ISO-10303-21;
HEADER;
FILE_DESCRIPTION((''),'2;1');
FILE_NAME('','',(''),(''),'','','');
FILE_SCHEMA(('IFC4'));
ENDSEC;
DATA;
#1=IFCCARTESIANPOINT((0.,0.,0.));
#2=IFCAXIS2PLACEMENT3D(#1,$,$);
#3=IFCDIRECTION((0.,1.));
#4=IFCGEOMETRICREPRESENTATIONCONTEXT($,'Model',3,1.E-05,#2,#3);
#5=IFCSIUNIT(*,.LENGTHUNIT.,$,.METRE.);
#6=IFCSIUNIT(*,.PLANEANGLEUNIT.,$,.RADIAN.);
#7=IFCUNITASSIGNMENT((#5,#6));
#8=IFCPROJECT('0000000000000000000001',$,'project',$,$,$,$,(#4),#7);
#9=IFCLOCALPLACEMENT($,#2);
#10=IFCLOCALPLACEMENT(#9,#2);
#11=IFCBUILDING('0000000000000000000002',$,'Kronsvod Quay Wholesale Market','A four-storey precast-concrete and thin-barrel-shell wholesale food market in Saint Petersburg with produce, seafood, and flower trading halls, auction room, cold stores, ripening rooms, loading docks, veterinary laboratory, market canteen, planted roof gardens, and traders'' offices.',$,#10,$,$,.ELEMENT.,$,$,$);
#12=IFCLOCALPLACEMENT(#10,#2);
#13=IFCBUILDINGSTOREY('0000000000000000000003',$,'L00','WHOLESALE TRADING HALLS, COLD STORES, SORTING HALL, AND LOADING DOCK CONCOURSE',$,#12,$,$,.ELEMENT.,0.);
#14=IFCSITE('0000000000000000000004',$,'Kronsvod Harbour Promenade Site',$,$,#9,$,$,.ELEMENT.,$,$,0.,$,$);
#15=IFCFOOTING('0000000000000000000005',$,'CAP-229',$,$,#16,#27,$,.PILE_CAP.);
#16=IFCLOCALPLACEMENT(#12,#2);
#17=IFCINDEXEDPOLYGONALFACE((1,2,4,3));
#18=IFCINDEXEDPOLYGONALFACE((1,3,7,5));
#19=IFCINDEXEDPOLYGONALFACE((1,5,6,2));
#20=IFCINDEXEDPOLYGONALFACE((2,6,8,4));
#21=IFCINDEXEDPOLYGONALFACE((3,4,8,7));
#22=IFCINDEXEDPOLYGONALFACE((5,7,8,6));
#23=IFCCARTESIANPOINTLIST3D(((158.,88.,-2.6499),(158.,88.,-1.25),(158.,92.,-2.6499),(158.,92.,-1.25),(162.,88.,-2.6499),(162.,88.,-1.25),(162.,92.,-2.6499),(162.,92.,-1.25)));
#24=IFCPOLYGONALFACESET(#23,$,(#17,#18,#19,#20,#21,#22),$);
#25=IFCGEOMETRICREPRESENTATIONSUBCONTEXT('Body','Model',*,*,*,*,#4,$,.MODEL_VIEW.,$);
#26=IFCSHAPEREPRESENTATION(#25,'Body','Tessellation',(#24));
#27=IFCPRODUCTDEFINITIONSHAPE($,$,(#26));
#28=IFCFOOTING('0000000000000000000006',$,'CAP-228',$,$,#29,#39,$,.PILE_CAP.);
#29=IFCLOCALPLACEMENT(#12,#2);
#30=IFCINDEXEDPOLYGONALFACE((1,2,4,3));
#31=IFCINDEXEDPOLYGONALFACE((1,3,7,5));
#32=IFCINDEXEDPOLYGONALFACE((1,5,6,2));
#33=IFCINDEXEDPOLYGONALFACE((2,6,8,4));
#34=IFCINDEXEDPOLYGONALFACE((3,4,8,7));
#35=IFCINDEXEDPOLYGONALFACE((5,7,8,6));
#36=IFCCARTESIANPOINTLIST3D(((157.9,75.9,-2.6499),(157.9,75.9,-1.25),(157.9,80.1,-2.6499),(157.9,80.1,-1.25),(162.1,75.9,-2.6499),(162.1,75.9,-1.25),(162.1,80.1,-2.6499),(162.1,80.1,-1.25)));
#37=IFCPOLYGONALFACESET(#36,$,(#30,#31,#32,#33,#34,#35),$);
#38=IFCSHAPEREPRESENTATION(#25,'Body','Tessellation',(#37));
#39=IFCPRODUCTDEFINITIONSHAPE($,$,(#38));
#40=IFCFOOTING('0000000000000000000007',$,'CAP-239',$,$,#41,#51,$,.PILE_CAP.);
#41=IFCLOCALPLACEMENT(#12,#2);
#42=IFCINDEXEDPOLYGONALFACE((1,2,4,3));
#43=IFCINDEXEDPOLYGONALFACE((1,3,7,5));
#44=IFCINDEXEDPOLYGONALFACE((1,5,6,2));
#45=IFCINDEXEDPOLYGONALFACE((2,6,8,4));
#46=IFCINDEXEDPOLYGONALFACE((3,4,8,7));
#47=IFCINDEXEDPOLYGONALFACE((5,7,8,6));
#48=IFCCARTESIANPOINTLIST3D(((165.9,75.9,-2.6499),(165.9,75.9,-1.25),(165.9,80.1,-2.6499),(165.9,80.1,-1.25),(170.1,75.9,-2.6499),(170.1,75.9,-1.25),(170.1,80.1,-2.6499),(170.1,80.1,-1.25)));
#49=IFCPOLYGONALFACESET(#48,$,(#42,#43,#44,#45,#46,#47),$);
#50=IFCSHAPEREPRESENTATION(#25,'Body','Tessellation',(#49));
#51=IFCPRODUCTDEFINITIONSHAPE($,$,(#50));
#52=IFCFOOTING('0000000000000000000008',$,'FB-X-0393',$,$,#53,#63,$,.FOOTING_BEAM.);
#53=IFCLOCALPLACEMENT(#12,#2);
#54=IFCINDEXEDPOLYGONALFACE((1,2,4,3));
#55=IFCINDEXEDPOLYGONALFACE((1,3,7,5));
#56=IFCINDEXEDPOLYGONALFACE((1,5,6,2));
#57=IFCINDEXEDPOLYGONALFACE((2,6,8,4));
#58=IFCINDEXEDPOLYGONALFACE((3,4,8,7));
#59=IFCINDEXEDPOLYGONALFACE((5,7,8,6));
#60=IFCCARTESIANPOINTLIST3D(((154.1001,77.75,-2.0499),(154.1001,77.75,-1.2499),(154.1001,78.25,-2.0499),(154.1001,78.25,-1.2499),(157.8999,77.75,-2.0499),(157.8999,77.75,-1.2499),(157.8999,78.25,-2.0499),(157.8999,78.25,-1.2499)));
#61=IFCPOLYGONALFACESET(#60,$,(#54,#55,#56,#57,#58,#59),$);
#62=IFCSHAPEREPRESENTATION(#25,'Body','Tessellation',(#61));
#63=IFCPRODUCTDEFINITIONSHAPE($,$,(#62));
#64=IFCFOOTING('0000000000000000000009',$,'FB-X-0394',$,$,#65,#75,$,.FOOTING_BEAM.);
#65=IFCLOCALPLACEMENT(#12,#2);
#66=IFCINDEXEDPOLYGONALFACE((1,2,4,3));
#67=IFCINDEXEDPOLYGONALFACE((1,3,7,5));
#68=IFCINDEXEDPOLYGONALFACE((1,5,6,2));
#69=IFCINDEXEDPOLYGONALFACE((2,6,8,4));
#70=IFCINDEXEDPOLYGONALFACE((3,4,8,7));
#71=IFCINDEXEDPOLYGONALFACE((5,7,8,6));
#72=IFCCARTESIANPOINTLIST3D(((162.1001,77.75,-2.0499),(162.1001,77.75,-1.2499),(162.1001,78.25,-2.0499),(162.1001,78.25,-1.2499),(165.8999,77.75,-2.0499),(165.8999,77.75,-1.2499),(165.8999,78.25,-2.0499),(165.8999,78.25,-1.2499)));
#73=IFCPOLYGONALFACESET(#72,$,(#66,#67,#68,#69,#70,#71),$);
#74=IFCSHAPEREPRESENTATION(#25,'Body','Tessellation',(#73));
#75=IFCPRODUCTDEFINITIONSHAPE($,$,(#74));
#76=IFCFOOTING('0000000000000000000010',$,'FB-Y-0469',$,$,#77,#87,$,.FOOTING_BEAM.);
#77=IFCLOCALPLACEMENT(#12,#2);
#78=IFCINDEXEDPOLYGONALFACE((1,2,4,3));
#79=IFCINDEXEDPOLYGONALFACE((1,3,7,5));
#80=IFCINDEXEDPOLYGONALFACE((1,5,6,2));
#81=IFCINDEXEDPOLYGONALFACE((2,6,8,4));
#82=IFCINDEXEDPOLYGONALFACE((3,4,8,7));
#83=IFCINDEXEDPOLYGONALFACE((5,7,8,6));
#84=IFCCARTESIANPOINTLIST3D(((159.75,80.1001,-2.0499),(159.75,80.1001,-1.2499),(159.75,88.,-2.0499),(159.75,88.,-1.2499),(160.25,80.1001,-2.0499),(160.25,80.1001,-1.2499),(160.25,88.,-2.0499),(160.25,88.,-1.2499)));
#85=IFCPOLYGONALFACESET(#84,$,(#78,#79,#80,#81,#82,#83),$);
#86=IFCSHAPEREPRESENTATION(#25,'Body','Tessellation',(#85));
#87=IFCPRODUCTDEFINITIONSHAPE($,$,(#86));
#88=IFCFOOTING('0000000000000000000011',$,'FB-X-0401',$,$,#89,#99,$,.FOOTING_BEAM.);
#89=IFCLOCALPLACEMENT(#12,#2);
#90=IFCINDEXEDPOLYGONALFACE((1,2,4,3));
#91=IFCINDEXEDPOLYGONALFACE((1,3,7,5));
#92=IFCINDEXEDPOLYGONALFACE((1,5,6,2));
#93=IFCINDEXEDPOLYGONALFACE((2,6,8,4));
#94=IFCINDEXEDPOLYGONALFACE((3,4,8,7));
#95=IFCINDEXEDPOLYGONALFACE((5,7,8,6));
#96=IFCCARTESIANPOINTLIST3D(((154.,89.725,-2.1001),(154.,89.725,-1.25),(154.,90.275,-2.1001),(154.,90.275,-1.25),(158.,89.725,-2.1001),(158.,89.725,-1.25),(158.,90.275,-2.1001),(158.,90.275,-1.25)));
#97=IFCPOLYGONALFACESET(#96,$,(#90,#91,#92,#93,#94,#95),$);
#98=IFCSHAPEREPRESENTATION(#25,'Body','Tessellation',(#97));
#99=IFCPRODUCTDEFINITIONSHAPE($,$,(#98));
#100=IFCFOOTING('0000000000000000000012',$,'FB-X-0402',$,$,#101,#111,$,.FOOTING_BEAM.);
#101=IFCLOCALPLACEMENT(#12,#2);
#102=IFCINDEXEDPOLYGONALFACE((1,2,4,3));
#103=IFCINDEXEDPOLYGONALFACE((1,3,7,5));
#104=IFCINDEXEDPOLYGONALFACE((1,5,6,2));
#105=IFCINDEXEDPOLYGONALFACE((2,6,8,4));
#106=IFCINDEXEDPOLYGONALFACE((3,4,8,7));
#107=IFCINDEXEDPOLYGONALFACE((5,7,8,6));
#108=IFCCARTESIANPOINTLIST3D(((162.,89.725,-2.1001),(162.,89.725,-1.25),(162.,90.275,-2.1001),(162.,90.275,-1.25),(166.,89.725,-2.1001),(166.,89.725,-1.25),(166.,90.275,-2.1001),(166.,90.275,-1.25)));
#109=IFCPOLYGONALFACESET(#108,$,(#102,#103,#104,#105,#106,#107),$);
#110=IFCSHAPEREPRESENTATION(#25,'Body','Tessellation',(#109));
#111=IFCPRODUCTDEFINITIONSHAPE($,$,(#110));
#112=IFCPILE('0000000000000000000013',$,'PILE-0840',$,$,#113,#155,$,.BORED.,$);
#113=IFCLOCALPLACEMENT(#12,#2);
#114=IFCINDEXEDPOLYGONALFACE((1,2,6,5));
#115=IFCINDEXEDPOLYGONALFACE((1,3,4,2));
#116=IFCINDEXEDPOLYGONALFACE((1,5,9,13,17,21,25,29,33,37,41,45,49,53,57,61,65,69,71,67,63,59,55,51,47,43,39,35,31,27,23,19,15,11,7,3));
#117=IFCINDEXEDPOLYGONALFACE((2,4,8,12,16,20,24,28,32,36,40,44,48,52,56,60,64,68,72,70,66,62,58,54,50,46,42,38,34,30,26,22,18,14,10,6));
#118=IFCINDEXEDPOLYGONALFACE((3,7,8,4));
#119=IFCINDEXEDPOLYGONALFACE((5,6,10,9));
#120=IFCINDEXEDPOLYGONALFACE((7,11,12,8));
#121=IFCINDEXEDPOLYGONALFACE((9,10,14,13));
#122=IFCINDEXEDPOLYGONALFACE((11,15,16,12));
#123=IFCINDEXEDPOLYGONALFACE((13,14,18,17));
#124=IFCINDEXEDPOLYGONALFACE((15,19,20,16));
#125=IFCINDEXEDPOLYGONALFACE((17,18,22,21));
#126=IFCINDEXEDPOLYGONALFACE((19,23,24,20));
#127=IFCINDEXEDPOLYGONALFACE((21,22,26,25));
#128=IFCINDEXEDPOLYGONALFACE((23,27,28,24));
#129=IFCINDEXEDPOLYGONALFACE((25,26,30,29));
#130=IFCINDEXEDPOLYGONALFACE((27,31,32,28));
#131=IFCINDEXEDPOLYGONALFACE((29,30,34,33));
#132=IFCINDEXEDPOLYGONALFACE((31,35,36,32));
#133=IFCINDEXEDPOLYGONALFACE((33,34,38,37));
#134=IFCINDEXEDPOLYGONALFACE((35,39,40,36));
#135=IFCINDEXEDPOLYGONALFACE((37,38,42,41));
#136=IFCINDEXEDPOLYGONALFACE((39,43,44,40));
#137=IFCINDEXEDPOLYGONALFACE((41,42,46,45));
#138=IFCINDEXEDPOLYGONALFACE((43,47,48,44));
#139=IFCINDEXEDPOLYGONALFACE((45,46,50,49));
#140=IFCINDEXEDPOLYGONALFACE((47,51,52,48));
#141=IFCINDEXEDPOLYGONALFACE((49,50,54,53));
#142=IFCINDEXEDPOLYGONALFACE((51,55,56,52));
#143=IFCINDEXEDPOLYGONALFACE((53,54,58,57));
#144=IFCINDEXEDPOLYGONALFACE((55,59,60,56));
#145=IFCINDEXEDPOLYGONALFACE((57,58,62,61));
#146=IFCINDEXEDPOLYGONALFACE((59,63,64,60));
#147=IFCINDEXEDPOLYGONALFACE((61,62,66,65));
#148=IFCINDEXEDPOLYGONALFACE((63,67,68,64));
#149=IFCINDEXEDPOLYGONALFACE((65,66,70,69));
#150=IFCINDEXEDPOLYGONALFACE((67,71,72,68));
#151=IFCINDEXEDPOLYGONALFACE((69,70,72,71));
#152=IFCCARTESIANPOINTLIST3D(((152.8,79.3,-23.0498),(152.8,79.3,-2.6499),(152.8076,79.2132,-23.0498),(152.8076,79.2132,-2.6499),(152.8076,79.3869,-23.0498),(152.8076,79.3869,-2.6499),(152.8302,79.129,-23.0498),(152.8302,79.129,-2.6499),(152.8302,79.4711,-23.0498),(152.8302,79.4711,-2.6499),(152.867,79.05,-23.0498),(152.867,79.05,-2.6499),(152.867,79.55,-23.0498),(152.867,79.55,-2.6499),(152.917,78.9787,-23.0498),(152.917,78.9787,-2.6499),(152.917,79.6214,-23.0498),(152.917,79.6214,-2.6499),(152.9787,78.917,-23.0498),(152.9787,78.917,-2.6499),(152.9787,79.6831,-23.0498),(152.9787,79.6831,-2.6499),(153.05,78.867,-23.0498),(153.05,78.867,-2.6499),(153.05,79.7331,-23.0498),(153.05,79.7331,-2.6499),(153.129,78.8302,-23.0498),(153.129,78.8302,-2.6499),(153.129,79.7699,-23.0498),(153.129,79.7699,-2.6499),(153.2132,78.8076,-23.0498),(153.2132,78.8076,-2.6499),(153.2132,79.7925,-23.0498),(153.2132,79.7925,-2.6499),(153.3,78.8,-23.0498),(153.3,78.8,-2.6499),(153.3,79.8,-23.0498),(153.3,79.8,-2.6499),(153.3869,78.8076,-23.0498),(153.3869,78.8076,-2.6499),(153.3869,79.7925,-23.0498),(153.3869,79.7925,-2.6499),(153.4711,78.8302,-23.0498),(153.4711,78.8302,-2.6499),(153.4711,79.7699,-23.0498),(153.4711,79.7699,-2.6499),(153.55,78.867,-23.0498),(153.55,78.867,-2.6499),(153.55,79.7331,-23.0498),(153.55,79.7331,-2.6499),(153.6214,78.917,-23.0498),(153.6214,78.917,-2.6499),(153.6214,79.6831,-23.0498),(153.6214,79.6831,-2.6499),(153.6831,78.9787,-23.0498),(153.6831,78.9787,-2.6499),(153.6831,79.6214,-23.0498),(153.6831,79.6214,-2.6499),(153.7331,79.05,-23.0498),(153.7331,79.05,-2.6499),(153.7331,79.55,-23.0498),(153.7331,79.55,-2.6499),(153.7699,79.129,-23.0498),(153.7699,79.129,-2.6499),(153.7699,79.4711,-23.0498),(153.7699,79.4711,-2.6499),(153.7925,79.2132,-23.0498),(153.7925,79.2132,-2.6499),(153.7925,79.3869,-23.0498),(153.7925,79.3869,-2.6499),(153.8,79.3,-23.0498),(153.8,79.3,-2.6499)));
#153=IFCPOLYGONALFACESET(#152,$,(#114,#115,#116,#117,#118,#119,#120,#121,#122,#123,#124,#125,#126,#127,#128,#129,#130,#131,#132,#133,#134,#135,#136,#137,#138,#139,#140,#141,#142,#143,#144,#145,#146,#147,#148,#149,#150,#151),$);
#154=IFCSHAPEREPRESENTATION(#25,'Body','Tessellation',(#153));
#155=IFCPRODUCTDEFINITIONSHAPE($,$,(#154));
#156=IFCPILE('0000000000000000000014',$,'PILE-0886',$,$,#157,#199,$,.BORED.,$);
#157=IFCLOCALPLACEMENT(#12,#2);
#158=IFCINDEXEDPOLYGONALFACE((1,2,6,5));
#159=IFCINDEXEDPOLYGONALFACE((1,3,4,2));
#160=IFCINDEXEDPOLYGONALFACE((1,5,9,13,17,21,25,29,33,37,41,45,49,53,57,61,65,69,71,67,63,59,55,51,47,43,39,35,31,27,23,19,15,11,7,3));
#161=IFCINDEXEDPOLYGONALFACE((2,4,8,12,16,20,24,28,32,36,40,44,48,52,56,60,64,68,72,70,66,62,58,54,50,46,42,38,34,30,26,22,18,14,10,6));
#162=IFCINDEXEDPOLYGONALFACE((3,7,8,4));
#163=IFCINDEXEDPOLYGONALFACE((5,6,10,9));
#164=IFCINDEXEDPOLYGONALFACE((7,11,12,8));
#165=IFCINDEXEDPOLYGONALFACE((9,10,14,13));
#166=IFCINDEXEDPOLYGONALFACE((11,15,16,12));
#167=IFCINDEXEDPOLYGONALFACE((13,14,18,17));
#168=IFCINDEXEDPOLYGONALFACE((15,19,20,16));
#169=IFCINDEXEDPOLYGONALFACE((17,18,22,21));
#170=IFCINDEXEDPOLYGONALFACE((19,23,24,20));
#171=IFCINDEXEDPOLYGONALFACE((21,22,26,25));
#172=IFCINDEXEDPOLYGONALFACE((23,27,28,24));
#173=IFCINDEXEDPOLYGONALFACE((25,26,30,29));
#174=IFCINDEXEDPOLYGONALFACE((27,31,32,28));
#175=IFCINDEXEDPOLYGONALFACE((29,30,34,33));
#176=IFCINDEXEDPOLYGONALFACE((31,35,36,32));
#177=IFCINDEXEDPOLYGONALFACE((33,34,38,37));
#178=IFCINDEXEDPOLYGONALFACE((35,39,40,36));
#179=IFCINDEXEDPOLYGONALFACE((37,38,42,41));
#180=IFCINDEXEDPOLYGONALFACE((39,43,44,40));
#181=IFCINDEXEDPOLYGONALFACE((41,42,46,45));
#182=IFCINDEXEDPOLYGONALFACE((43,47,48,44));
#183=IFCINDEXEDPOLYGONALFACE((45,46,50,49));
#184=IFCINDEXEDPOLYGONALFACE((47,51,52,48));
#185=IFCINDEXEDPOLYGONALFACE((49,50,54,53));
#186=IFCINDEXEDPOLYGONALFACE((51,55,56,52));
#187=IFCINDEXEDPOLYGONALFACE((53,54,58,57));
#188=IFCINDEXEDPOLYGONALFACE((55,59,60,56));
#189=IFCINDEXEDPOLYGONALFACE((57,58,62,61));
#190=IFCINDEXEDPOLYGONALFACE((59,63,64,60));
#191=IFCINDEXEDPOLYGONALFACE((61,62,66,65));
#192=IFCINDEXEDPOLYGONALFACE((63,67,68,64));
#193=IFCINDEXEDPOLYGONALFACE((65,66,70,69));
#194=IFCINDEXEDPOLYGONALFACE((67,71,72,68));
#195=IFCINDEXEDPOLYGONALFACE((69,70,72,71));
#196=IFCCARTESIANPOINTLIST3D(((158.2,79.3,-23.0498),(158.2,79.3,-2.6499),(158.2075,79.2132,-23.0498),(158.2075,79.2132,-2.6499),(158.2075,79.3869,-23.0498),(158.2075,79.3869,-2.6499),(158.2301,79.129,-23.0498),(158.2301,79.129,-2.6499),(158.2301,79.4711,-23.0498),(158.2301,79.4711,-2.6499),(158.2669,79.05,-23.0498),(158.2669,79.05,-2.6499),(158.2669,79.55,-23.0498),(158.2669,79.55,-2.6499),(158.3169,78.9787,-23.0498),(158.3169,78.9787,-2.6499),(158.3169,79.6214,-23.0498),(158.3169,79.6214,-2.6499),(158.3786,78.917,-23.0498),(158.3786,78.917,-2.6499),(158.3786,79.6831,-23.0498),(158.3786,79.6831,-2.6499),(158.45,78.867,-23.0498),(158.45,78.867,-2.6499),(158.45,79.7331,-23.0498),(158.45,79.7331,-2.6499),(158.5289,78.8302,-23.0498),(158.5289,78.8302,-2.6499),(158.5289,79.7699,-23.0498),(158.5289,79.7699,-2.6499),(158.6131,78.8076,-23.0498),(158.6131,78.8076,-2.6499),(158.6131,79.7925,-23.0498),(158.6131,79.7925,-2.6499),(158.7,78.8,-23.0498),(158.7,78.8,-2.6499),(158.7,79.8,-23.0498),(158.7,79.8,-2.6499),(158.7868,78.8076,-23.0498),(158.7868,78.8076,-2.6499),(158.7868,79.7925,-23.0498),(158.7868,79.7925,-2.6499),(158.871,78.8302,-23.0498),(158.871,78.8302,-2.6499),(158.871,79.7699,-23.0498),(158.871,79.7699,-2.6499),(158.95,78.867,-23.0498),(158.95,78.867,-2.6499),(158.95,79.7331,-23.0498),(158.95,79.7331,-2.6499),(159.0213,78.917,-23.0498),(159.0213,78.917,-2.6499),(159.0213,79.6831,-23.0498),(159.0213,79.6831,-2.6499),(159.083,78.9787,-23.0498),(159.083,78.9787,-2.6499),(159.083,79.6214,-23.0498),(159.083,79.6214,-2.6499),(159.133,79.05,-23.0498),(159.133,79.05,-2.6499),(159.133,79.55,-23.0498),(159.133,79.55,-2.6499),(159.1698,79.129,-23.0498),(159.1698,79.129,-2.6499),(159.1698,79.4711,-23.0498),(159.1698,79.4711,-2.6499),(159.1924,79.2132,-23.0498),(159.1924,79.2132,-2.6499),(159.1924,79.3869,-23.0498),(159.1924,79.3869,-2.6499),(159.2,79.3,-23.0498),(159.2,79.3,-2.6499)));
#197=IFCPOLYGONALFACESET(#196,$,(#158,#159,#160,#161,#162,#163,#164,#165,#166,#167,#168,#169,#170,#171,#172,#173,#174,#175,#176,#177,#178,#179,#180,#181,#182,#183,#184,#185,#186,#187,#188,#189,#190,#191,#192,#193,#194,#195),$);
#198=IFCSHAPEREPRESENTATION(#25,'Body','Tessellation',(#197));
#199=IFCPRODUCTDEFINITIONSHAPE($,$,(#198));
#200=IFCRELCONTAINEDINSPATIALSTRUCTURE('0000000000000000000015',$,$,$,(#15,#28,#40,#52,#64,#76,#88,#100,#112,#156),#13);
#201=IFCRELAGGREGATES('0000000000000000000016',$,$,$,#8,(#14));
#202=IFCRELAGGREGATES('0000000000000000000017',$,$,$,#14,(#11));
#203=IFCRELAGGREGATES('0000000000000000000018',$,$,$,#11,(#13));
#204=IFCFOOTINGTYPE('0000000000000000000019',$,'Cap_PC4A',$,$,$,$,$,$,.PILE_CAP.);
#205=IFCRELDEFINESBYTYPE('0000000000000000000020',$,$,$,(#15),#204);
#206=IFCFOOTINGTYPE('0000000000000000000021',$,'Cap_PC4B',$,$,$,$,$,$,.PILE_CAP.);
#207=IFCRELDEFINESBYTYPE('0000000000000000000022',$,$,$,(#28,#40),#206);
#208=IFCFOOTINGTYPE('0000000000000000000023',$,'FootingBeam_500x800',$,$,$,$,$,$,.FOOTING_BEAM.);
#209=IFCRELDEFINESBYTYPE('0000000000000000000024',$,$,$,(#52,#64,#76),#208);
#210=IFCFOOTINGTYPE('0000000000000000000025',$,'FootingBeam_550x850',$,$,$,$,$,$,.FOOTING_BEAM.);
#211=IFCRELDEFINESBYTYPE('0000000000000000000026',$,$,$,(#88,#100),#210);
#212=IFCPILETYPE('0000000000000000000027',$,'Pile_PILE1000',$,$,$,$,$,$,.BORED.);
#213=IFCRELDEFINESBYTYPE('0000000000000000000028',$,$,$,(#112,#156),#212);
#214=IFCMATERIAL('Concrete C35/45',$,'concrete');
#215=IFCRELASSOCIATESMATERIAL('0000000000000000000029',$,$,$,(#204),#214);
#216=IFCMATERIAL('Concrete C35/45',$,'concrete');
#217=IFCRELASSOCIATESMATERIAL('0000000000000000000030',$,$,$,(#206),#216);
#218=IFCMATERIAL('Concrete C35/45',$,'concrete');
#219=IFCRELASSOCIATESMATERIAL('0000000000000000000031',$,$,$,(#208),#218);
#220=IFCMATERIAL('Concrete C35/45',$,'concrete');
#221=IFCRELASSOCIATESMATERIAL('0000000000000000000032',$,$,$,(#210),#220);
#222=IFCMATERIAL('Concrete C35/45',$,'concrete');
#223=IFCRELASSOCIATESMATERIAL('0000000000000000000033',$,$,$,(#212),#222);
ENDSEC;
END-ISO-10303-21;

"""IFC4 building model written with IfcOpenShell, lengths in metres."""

from ifc_helpers import new_model, si_unit, direction, frame, origin, origin_2d, place, context, subcontext, project, spatial, rectangle, circle, extrude, material, material_profile, profile_set, type_object, element, save


model = new_model("IFC4")

# Units and contexts
model_context = context("Model", 3, precision=1e-05, world=origin(), true_north=direction((0.0, 1.0)))
body_context = subcontext(model_context, "Body", "Model", "MODEL_VIEW")
ifc_project = project(units=[si_unit("LENGTHUNIT", "METRE"), si_unit("PLANEANGLEUNIT", "RADIAN")], contexts=[model_context])

# Site, building, storey
site_placement = place(None, origin())
site = spatial("IfcSite", under=ifc_project, at=site_placement, Name="Kronsvod Harbour Promenade Site", CompositionType="ELEMENT", RefElevation=0.0)
building_placement = place(site_placement, origin())
building = spatial("IfcBuilding", under=site, at=building_placement, Name="Kronsvod Quay Wholesale Market", Description="A four-storey precast-concrete and thin-barrel-shell wholesale food market in Saint Petersburg with produce, seafood, and flower trading halls, auction room, cold stores, ripening rooms, loading docks, veterinary laboratory, market canteen, planted roof gardens, and traders' offices.", CompositionType="ELEMENT")
storey_placement = place(building_placement, origin())
storey = spatial("IfcBuildingStorey", under=building, at=storey_placement, Name="L00", Description="WHOLESALE TRADING HALLS, COLD STORES, SORTING HALL, AND LOADING DOCK CONCOURSE", CompositionType="ELEMENT", Elevation=0.0)

# Footings
ifc_material_1 = material(Name="Concrete C35/45", Category="concrete")
footing_type_1 = type_object("IfcFootingType", Name="Cap_PC4A", PredefinedType="PILE_CAP", material=ifc_material_1)
footing_1_placement = place(storey_placement, frame((160.0, 90.0, -2.6499), z_axis=(0.0, 0.0, 1.0), x_axis=(1.0, 0.0, 0.0)))
element("IfcFooting", 1, at=footing_1_placement, inside=storey, type_object=footing_type_1, Name="CAP-229", PredefinedType="PILE_CAP", context=body_context, shape_type="SweptSolid", body=[
    extrude(rectangle(XDim=4.0, YDim=4.0, at=origin_2d()), origin(), (0.0, 0.0, 1.0), 1.3999),
])
ifc_material_2 = material(Name="Concrete C35/45", Category="concrete")
footing_type_2 = type_object("IfcFootingType", Name="Cap_PC4B", PredefinedType="PILE_CAP", material=ifc_material_2)
for number, where, z_axis, x_axis, name in (
    (2, (160.0, 78.0, -2.6499), (0.0, 0.0, 1.0), (1.0, 0.0, 0.0), "CAP-228"),
    (3, (168.0, 78.0, -2.6499), (0.0, 0.0, 1.0), (1.0, 0.0, 0.0), "CAP-239"),
):
    element("IfcFooting", number, at=place(storey_placement, frame(where, z_axis=z_axis, x_axis=x_axis)), inside=storey, type_object=footing_type_2, Name=name, PredefinedType="PILE_CAP", context=body_context, shape_type="SweptSolid", body=[
        extrude(rectangle(XDim=4.2, YDim=4.2, at=origin_2d()), origin(), (0.0, 0.0, 1.0), 1.3999),
    ])
ifc_material_3 = material(Name="Concrete C35/45", Category="concrete")
ifc_material_profile_1 = material_profile(ifc_material_3, rectangle(XDim=0.5, YDim=0.8, at=origin_2d()), Name="FB-01")
ifc_profile_set_1 = profile_set([ifc_material_profile_1], Name="Concrete C35/45")
footing_type_3 = type_object("IfcFootingType", Name="FootingBeam_500x800", PredefinedType="FOOTING_BEAM", material=ifc_profile_set_1)
for number, where, z_axis, x_axis, name in (
    (4, (154.1001, 78.0, -1.6499), (1.0, 0.0, 0.0), (0.0, 1.0, 0.0), "FB-X-0393"),
    (5, (162.1001, 78.0, -1.6499), (1.0, 0.0, 0.0), (0.0, 1.0, 0.0), "FB-X-0394"),
):
    element("IfcFooting", number, at=place(storey_placement, frame(where, z_axis=z_axis, x_axis=x_axis)), inside=storey, type_object=footing_type_3, Name=name, PredefinedType="FOOTING_BEAM", context=body_context, shape_type="SweptSolid", body=[
        extrude(rectangle(XDim=0.5, YDim=0.8, at=origin_2d()), origin(), (0.0, 0.0, 1.0), 3.7998),
    ])
footing_2_placement = place(storey_placement, frame((160.0, 80.1001, -1.6499), z_axis=(0.0, 1.0, 0.0), x_axis=(-1.0, 0.0, 0.0)))
element("IfcFooting", 6, at=footing_2_placement, inside=storey, type_object=footing_type_3, Name="FB-Y-0469", PredefinedType="FOOTING_BEAM", context=body_context, shape_type="SweptSolid", body=[
    extrude(rectangle(XDim=0.5, YDim=0.8, at=origin_2d()), origin(), (0.0, 0.0, 1.0), 7.8999),
])
ifc_material_4 = material(Name="Concrete C35/45", Category="concrete")
ifc_material_profile_2 = material_profile(ifc_material_4, rectangle(XDim=0.55, YDim=0.8501, at=origin_2d()), Name="FB-03")
ifc_profile_set_2 = profile_set([ifc_material_profile_2], Name="Concrete C35/45")
footing_type_4 = type_object("IfcFootingType", Name="FootingBeam_550x850", PredefinedType="FOOTING_BEAM", material=ifc_profile_set_2)
for number, where, z_axis, x_axis, name in (
    (7, (154.0, 90.0, -1.675), (1.0, 0.0, 0.0), (0.0, 1.0, 0.0), "FB-X-0401"),
    (8, (162.0, 90.0, -1.675), (1.0, 0.0, 0.0), (0.0, 1.0, 0.0), "FB-X-0402"),
):
    element("IfcFooting", number, at=place(storey_placement, frame(where, z_axis=z_axis, x_axis=x_axis)), inside=storey, type_object=footing_type_4, Name=name, PredefinedType="FOOTING_BEAM", context=body_context, shape_type="SweptSolid", body=[
        extrude(rectangle(XDim=0.55, YDim=0.8501, at=origin_2d()), origin(), (0.0, 0.0, 1.0), 4.0),
    ])

# Piles
ifc_material_5 = material(Name="Concrete C35/45", Category="concrete")
ifc_material_profile_3 = material_profile(ifc_material_5, circle(Radius=0.5, at=origin_2d()), Name="PILE1000")
ifc_profile_set_3 = profile_set([ifc_material_profile_3], Name="Concrete C35/45")
pile_type_1 = type_object("IfcPileType", Name="Pile_PILE1000", PredefinedType="BORED", material=ifc_profile_set_3)
for number, where, z_axis, x_axis, name in (
    (9, (153.3, 79.3, -2.6499), (0.0, 0.0, -1.0), (1.0, 0.0, 0.0), "PILE-0840"),
    (10, (158.7, 79.3, -2.6499), (0.0, 0.0, -1.0), (1.0, 0.0, 0.0), "PILE-0886"),
):
    element("IfcPile", number, at=place(storey_placement, frame(where, z_axis=z_axis, x_axis=x_axis)), inside=storey, type_object=pile_type_1, Name=name, PredefinedType="BORED", context=body_context, shape_type="SweptSolid", body=[
        extrude(circle(Radius=0.5, at=origin_2d()), origin(), (0.0, 0.0, 1.0), 20.3999),
    ])

save(model, "model.ifc")
